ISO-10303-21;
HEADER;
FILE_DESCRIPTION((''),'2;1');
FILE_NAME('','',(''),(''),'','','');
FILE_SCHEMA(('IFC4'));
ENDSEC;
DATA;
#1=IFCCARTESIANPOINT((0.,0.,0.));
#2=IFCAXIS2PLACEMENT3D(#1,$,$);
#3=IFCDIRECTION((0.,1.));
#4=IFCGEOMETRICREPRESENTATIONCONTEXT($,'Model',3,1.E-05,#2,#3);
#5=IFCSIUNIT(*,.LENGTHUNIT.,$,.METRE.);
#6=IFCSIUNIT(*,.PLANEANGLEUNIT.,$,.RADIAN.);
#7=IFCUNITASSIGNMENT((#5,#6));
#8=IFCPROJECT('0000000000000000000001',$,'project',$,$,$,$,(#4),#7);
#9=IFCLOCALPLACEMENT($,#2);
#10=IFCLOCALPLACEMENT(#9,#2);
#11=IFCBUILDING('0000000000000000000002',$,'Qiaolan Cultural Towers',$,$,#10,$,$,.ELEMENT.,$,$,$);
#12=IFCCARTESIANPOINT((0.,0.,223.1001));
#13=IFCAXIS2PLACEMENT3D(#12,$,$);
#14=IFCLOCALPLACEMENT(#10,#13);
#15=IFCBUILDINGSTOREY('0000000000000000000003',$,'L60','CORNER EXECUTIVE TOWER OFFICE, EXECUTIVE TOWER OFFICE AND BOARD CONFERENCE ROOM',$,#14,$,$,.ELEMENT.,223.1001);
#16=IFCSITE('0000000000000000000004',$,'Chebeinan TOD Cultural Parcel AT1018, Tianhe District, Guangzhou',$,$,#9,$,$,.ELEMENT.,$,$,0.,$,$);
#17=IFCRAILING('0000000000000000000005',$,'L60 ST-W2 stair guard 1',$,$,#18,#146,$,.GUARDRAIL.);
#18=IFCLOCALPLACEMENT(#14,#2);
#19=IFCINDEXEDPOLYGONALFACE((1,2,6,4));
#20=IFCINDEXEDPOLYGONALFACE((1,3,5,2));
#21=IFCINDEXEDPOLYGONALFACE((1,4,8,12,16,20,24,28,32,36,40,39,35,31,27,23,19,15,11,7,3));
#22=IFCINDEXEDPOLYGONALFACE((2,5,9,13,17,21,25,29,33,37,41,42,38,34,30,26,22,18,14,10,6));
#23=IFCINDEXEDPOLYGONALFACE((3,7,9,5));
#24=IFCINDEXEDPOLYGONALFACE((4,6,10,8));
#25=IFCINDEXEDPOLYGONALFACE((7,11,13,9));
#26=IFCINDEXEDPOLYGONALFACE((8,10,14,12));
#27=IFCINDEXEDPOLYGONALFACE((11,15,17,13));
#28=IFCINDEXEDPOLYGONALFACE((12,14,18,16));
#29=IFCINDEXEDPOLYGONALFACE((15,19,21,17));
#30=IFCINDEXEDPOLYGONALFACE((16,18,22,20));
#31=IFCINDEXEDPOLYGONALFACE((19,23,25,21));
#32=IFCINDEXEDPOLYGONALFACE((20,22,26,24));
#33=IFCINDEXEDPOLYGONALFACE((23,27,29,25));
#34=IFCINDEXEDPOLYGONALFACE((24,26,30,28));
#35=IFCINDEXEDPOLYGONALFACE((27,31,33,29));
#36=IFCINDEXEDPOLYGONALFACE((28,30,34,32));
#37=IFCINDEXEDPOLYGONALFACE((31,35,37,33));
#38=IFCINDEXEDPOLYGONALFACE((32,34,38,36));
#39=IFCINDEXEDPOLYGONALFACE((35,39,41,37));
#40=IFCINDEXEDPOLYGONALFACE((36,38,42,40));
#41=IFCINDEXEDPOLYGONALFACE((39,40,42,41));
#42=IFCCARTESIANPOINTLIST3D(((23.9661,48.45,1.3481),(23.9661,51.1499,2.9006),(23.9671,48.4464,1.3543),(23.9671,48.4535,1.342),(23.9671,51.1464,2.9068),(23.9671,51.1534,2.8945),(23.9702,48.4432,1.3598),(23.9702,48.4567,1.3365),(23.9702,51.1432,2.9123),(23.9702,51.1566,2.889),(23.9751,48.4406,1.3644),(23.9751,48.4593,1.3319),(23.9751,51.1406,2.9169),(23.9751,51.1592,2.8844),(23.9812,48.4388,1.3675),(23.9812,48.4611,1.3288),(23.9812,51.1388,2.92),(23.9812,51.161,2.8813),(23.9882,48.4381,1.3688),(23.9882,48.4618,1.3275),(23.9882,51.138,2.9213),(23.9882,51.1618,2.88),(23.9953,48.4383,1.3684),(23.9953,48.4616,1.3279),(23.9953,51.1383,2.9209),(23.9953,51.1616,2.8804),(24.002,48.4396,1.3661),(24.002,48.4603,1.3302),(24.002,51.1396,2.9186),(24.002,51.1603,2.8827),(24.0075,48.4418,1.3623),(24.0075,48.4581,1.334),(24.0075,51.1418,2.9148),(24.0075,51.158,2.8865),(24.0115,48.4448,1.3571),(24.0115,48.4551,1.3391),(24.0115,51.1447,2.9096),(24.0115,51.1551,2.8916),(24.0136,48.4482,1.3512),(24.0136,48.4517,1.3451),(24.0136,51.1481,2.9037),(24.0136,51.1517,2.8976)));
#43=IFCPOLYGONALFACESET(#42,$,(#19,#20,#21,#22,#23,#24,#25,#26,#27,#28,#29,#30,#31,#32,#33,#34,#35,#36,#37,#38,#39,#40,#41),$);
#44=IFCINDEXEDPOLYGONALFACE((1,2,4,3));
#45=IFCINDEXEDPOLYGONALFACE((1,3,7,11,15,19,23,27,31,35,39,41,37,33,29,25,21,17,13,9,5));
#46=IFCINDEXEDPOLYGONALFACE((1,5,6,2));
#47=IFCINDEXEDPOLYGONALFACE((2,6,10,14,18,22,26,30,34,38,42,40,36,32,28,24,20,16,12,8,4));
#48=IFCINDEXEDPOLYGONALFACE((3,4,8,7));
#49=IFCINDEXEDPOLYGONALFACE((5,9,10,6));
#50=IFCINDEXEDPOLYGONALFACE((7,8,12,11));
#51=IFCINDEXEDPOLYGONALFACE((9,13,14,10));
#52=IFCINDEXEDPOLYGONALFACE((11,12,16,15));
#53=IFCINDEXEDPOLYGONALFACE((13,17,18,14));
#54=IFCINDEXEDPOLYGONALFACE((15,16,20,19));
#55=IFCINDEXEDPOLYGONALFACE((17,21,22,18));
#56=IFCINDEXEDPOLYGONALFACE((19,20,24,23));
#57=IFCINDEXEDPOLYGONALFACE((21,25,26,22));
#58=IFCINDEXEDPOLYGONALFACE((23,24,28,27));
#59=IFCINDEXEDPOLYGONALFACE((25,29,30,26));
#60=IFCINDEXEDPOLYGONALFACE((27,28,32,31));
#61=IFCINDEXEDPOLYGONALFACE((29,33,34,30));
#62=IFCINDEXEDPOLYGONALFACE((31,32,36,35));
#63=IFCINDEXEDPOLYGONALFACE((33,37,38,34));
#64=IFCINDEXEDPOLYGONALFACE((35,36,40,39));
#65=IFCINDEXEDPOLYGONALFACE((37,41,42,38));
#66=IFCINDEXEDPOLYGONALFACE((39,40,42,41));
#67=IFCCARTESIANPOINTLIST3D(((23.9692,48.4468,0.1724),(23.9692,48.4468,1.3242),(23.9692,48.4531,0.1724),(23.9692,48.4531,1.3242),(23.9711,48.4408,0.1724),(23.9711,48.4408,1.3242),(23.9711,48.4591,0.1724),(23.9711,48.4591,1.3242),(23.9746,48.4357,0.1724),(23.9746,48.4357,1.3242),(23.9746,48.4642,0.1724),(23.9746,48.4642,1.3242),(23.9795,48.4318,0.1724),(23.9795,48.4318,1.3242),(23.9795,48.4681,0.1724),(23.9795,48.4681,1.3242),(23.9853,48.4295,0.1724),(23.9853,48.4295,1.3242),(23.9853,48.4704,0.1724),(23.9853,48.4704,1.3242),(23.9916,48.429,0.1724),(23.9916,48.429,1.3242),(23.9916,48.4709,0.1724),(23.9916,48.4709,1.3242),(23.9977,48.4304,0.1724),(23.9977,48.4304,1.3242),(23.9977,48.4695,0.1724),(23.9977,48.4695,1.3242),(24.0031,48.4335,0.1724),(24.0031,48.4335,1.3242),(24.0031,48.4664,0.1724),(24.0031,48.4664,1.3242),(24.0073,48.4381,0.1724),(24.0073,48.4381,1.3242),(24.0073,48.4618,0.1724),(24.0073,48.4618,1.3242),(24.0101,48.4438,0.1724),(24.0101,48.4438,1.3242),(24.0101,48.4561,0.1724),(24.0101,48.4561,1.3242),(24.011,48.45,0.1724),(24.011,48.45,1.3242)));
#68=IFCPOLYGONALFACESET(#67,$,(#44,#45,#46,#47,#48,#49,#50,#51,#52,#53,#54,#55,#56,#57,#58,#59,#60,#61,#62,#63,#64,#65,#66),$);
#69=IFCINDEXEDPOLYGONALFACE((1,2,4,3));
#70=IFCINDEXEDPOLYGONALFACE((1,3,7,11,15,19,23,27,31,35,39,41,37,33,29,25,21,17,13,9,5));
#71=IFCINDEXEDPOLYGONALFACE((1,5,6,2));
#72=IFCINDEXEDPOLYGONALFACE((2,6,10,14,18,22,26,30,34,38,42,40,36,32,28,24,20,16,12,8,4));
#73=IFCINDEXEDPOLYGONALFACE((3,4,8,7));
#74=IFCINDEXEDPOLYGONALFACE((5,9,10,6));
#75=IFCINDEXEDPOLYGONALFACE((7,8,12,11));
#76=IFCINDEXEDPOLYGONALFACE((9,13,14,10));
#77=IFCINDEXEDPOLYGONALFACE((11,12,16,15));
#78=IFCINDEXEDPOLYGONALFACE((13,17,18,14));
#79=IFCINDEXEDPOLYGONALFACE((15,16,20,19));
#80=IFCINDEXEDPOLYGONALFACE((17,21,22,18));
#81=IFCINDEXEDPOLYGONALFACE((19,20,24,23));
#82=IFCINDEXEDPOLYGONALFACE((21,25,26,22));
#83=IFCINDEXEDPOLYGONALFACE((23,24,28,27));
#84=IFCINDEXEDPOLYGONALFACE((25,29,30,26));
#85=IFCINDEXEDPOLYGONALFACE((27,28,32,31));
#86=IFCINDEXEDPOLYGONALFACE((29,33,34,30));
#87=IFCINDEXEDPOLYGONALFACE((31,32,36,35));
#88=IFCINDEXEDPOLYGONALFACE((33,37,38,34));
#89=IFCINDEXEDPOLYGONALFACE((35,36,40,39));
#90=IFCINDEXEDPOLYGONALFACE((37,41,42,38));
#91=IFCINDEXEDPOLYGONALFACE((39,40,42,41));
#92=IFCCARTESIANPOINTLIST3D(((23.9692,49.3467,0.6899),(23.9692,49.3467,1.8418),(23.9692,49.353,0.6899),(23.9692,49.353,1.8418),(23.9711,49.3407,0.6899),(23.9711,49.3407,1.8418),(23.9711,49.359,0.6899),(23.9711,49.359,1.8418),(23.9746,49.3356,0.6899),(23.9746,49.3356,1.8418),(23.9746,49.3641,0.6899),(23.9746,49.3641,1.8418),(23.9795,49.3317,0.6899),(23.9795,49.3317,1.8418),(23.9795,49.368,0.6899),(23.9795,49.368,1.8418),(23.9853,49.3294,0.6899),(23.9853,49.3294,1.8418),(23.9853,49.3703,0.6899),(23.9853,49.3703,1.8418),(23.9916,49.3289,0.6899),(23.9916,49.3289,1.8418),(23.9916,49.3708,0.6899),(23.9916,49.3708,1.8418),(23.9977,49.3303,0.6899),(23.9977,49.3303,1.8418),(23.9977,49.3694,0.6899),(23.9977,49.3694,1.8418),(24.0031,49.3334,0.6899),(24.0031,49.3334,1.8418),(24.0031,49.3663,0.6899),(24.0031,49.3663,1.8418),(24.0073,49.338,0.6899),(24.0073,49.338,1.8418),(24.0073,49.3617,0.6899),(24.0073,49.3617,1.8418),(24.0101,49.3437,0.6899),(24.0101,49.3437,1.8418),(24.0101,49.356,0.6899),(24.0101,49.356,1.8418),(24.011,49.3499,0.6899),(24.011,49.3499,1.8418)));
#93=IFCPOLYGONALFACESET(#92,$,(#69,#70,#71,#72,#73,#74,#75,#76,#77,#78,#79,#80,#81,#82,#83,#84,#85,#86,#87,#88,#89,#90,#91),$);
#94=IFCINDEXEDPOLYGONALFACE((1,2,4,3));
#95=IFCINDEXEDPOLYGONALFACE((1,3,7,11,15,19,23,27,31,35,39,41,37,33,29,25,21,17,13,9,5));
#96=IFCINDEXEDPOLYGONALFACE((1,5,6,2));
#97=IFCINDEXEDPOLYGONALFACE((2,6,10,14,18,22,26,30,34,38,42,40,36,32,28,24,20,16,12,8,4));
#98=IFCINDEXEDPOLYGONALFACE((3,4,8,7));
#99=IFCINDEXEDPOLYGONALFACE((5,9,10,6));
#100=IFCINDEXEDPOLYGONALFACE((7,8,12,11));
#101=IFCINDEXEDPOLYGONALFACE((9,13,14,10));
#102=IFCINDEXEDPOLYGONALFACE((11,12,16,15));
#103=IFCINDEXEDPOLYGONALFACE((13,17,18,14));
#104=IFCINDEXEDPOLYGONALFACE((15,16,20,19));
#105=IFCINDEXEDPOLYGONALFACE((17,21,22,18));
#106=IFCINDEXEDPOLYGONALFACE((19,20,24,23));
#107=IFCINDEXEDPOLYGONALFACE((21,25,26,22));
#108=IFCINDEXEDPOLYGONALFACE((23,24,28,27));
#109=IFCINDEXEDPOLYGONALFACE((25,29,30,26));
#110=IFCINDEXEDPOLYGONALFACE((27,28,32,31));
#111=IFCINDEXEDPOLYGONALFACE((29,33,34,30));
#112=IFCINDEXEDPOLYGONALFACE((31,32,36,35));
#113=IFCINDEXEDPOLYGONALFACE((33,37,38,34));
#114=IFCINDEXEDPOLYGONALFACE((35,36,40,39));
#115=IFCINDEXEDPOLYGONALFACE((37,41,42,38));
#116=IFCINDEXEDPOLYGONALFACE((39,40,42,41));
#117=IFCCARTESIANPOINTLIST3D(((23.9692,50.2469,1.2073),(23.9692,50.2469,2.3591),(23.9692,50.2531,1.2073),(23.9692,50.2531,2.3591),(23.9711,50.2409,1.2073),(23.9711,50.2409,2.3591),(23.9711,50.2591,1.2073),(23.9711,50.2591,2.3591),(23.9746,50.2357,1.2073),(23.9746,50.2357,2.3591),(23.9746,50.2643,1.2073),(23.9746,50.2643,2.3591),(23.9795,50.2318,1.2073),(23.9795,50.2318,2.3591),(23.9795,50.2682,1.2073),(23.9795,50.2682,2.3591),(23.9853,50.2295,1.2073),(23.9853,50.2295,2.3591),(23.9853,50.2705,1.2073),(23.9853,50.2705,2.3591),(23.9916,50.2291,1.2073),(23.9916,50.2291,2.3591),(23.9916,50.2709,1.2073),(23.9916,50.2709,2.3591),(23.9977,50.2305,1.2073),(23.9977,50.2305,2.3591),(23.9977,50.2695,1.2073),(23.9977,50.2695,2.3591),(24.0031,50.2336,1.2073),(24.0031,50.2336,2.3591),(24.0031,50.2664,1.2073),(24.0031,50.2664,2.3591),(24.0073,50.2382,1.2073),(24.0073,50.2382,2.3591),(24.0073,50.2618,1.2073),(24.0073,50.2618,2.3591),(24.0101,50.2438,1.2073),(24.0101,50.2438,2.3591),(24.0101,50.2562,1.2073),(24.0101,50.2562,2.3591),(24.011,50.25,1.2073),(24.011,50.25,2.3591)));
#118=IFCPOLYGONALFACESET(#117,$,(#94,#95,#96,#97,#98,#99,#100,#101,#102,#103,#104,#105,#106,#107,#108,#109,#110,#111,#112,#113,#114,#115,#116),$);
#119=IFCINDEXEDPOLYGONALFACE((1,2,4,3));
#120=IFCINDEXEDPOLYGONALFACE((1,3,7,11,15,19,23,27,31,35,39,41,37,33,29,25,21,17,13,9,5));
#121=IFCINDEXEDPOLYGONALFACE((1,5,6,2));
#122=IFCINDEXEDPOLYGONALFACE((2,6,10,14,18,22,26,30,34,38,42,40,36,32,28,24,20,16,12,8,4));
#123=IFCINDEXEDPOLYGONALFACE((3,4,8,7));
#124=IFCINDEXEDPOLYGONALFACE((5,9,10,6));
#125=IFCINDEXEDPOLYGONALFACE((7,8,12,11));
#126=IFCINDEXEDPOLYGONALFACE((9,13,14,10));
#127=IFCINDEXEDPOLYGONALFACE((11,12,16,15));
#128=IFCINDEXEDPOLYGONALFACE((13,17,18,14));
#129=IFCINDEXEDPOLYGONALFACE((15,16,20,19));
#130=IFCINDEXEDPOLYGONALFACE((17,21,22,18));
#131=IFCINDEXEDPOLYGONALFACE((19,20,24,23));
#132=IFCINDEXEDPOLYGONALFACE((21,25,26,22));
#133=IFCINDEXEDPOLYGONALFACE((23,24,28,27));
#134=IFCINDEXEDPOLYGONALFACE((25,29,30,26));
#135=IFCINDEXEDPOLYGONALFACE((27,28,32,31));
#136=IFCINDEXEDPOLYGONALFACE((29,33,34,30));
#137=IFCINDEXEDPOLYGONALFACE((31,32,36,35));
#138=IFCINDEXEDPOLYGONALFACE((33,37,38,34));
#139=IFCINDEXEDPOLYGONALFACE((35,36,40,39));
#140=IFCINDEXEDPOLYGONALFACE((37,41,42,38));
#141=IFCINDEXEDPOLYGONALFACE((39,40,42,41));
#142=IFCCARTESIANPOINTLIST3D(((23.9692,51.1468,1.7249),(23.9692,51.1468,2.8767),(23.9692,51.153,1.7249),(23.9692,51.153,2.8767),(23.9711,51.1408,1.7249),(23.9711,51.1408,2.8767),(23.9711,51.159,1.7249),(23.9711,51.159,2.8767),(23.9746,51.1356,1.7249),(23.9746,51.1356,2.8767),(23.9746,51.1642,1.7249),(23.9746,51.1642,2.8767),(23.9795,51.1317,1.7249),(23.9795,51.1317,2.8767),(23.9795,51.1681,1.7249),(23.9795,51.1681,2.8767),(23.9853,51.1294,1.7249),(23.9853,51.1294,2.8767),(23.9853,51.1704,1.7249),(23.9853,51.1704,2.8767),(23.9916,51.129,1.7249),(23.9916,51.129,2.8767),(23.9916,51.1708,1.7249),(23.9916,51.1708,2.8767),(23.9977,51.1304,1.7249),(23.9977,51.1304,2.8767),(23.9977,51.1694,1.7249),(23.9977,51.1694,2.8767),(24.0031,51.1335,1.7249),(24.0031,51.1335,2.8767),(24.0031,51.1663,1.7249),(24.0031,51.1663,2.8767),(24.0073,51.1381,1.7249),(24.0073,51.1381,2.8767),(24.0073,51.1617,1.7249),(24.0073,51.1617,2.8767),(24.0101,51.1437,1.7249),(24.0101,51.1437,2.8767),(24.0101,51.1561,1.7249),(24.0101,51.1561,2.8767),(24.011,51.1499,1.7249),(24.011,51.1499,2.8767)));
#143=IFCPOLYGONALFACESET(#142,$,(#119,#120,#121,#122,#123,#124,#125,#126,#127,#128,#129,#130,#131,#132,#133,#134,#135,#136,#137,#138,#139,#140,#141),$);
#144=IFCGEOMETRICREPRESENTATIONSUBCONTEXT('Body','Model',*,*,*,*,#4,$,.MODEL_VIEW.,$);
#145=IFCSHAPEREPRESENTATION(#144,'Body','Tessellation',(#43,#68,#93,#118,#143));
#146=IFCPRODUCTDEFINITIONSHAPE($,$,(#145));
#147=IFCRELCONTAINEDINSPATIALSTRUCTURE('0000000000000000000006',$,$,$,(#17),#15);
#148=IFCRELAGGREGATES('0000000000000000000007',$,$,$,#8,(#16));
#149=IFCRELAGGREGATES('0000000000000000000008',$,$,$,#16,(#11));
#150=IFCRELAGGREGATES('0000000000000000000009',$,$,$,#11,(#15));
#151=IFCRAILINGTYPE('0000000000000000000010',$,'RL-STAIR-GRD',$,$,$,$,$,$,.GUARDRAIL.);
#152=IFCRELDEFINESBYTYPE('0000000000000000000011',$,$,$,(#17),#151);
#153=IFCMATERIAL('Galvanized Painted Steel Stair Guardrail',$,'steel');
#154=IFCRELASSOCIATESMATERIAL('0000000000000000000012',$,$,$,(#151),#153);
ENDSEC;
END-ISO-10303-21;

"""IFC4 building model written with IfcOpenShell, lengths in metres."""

from ifc_helpers import new_model, si_unit, direction, frame, origin, origin_2d, place, context, subcontext, project, spatial, circle, extrude, material, type_object, element, save


model = new_model("IFC4")

# Units and contexts
model_context = context("Model", 3, precision=1e-05, world=origin(), true_north=direction((0.0, 1.0)))
body_context = subcontext(model_context, "Body", "Model", "MODEL_VIEW")
ifc_project = project(units=[si_unit("LENGTHUNIT", "METRE"), si_unit("PLANEANGLEUNIT", "RADIAN")], contexts=[model_context])

# Site, building, storey
site_placement = place(None, origin())
site = spatial("IfcSite", under=ifc_project, at=site_placement, Name="Chebeinan TOD Cultural Parcel AT1018, Tianhe District, Guangzhou", CompositionType="ELEMENT", RefElevation=0.0)
building_placement = place(site_placement, origin())
building = spatial("IfcBuilding", under=site, at=building_placement, Name="Qiaolan Cultural Towers", CompositionType="ELEMENT")
storey_placement = place(building_placement, frame((0.0, 0.0, 223.1001)))
storey = spatial("IfcBuildingStorey", under=building, at=storey_placement, Name="L60", Description="CORNER EXECUTIVE TOWER OFFICE, EXECUTIVE TOWER OFFICE AND BOARD CONFERENCE ROOM", CompositionType="ELEMENT", Elevation=223.1001)

# Railing
ifc_material_1 = material(Name="Galvanized Painted Steel Stair Guardrail", Category="steel")
railing_type_1 = type_object("IfcRailingType", Name="RL-STAIR-GRD", PredefinedType="GUARDRAIL", material=ifc_material_1)
railing_1_placement = place(storey_placement, frame((23.99, 48.45, 0.1724)))
element("IfcRailing", 1, at=railing_1_placement, inside=storey, type_object=railing_type_1, Name="L60 ST-W2 stair guard 1", PredefinedType="GUARDRAIL", context=body_context, shape_type="SweptSolid", body=[
    extrude(circle(Radius=0.0239, at=origin_2d()), frame((0.0, 0.0, 1.1758), z_axis=(0.0, 0.866904, 0.498476), x_axis=(-1.0, 0.0, 0.0)), (0.0, 0.0, 1.0), 3.1145),
    extrude(circle(Radius=0.021, at=origin_2d()), origin(), (0.0, 0.0, 1.0), 1.1519),
    extrude(circle(Radius=0.021, at=origin_2d()), frame((0.0, 0.8999, 0.5176)), (0.0, 0.0, 1.0), 1.1519),
    extrude(circle(Radius=0.021, at=origin_2d()), frame((0.0, 1.8, 1.0349)), (0.0, 0.0, 1.0), 1.1519),
    extrude(circle(Radius=0.021, at=origin_2d()), frame((0.0, 2.7, 1.5525)), (0.0, 0.0, 1.0), 1.1519),
])

save(model, "model.ifc")
